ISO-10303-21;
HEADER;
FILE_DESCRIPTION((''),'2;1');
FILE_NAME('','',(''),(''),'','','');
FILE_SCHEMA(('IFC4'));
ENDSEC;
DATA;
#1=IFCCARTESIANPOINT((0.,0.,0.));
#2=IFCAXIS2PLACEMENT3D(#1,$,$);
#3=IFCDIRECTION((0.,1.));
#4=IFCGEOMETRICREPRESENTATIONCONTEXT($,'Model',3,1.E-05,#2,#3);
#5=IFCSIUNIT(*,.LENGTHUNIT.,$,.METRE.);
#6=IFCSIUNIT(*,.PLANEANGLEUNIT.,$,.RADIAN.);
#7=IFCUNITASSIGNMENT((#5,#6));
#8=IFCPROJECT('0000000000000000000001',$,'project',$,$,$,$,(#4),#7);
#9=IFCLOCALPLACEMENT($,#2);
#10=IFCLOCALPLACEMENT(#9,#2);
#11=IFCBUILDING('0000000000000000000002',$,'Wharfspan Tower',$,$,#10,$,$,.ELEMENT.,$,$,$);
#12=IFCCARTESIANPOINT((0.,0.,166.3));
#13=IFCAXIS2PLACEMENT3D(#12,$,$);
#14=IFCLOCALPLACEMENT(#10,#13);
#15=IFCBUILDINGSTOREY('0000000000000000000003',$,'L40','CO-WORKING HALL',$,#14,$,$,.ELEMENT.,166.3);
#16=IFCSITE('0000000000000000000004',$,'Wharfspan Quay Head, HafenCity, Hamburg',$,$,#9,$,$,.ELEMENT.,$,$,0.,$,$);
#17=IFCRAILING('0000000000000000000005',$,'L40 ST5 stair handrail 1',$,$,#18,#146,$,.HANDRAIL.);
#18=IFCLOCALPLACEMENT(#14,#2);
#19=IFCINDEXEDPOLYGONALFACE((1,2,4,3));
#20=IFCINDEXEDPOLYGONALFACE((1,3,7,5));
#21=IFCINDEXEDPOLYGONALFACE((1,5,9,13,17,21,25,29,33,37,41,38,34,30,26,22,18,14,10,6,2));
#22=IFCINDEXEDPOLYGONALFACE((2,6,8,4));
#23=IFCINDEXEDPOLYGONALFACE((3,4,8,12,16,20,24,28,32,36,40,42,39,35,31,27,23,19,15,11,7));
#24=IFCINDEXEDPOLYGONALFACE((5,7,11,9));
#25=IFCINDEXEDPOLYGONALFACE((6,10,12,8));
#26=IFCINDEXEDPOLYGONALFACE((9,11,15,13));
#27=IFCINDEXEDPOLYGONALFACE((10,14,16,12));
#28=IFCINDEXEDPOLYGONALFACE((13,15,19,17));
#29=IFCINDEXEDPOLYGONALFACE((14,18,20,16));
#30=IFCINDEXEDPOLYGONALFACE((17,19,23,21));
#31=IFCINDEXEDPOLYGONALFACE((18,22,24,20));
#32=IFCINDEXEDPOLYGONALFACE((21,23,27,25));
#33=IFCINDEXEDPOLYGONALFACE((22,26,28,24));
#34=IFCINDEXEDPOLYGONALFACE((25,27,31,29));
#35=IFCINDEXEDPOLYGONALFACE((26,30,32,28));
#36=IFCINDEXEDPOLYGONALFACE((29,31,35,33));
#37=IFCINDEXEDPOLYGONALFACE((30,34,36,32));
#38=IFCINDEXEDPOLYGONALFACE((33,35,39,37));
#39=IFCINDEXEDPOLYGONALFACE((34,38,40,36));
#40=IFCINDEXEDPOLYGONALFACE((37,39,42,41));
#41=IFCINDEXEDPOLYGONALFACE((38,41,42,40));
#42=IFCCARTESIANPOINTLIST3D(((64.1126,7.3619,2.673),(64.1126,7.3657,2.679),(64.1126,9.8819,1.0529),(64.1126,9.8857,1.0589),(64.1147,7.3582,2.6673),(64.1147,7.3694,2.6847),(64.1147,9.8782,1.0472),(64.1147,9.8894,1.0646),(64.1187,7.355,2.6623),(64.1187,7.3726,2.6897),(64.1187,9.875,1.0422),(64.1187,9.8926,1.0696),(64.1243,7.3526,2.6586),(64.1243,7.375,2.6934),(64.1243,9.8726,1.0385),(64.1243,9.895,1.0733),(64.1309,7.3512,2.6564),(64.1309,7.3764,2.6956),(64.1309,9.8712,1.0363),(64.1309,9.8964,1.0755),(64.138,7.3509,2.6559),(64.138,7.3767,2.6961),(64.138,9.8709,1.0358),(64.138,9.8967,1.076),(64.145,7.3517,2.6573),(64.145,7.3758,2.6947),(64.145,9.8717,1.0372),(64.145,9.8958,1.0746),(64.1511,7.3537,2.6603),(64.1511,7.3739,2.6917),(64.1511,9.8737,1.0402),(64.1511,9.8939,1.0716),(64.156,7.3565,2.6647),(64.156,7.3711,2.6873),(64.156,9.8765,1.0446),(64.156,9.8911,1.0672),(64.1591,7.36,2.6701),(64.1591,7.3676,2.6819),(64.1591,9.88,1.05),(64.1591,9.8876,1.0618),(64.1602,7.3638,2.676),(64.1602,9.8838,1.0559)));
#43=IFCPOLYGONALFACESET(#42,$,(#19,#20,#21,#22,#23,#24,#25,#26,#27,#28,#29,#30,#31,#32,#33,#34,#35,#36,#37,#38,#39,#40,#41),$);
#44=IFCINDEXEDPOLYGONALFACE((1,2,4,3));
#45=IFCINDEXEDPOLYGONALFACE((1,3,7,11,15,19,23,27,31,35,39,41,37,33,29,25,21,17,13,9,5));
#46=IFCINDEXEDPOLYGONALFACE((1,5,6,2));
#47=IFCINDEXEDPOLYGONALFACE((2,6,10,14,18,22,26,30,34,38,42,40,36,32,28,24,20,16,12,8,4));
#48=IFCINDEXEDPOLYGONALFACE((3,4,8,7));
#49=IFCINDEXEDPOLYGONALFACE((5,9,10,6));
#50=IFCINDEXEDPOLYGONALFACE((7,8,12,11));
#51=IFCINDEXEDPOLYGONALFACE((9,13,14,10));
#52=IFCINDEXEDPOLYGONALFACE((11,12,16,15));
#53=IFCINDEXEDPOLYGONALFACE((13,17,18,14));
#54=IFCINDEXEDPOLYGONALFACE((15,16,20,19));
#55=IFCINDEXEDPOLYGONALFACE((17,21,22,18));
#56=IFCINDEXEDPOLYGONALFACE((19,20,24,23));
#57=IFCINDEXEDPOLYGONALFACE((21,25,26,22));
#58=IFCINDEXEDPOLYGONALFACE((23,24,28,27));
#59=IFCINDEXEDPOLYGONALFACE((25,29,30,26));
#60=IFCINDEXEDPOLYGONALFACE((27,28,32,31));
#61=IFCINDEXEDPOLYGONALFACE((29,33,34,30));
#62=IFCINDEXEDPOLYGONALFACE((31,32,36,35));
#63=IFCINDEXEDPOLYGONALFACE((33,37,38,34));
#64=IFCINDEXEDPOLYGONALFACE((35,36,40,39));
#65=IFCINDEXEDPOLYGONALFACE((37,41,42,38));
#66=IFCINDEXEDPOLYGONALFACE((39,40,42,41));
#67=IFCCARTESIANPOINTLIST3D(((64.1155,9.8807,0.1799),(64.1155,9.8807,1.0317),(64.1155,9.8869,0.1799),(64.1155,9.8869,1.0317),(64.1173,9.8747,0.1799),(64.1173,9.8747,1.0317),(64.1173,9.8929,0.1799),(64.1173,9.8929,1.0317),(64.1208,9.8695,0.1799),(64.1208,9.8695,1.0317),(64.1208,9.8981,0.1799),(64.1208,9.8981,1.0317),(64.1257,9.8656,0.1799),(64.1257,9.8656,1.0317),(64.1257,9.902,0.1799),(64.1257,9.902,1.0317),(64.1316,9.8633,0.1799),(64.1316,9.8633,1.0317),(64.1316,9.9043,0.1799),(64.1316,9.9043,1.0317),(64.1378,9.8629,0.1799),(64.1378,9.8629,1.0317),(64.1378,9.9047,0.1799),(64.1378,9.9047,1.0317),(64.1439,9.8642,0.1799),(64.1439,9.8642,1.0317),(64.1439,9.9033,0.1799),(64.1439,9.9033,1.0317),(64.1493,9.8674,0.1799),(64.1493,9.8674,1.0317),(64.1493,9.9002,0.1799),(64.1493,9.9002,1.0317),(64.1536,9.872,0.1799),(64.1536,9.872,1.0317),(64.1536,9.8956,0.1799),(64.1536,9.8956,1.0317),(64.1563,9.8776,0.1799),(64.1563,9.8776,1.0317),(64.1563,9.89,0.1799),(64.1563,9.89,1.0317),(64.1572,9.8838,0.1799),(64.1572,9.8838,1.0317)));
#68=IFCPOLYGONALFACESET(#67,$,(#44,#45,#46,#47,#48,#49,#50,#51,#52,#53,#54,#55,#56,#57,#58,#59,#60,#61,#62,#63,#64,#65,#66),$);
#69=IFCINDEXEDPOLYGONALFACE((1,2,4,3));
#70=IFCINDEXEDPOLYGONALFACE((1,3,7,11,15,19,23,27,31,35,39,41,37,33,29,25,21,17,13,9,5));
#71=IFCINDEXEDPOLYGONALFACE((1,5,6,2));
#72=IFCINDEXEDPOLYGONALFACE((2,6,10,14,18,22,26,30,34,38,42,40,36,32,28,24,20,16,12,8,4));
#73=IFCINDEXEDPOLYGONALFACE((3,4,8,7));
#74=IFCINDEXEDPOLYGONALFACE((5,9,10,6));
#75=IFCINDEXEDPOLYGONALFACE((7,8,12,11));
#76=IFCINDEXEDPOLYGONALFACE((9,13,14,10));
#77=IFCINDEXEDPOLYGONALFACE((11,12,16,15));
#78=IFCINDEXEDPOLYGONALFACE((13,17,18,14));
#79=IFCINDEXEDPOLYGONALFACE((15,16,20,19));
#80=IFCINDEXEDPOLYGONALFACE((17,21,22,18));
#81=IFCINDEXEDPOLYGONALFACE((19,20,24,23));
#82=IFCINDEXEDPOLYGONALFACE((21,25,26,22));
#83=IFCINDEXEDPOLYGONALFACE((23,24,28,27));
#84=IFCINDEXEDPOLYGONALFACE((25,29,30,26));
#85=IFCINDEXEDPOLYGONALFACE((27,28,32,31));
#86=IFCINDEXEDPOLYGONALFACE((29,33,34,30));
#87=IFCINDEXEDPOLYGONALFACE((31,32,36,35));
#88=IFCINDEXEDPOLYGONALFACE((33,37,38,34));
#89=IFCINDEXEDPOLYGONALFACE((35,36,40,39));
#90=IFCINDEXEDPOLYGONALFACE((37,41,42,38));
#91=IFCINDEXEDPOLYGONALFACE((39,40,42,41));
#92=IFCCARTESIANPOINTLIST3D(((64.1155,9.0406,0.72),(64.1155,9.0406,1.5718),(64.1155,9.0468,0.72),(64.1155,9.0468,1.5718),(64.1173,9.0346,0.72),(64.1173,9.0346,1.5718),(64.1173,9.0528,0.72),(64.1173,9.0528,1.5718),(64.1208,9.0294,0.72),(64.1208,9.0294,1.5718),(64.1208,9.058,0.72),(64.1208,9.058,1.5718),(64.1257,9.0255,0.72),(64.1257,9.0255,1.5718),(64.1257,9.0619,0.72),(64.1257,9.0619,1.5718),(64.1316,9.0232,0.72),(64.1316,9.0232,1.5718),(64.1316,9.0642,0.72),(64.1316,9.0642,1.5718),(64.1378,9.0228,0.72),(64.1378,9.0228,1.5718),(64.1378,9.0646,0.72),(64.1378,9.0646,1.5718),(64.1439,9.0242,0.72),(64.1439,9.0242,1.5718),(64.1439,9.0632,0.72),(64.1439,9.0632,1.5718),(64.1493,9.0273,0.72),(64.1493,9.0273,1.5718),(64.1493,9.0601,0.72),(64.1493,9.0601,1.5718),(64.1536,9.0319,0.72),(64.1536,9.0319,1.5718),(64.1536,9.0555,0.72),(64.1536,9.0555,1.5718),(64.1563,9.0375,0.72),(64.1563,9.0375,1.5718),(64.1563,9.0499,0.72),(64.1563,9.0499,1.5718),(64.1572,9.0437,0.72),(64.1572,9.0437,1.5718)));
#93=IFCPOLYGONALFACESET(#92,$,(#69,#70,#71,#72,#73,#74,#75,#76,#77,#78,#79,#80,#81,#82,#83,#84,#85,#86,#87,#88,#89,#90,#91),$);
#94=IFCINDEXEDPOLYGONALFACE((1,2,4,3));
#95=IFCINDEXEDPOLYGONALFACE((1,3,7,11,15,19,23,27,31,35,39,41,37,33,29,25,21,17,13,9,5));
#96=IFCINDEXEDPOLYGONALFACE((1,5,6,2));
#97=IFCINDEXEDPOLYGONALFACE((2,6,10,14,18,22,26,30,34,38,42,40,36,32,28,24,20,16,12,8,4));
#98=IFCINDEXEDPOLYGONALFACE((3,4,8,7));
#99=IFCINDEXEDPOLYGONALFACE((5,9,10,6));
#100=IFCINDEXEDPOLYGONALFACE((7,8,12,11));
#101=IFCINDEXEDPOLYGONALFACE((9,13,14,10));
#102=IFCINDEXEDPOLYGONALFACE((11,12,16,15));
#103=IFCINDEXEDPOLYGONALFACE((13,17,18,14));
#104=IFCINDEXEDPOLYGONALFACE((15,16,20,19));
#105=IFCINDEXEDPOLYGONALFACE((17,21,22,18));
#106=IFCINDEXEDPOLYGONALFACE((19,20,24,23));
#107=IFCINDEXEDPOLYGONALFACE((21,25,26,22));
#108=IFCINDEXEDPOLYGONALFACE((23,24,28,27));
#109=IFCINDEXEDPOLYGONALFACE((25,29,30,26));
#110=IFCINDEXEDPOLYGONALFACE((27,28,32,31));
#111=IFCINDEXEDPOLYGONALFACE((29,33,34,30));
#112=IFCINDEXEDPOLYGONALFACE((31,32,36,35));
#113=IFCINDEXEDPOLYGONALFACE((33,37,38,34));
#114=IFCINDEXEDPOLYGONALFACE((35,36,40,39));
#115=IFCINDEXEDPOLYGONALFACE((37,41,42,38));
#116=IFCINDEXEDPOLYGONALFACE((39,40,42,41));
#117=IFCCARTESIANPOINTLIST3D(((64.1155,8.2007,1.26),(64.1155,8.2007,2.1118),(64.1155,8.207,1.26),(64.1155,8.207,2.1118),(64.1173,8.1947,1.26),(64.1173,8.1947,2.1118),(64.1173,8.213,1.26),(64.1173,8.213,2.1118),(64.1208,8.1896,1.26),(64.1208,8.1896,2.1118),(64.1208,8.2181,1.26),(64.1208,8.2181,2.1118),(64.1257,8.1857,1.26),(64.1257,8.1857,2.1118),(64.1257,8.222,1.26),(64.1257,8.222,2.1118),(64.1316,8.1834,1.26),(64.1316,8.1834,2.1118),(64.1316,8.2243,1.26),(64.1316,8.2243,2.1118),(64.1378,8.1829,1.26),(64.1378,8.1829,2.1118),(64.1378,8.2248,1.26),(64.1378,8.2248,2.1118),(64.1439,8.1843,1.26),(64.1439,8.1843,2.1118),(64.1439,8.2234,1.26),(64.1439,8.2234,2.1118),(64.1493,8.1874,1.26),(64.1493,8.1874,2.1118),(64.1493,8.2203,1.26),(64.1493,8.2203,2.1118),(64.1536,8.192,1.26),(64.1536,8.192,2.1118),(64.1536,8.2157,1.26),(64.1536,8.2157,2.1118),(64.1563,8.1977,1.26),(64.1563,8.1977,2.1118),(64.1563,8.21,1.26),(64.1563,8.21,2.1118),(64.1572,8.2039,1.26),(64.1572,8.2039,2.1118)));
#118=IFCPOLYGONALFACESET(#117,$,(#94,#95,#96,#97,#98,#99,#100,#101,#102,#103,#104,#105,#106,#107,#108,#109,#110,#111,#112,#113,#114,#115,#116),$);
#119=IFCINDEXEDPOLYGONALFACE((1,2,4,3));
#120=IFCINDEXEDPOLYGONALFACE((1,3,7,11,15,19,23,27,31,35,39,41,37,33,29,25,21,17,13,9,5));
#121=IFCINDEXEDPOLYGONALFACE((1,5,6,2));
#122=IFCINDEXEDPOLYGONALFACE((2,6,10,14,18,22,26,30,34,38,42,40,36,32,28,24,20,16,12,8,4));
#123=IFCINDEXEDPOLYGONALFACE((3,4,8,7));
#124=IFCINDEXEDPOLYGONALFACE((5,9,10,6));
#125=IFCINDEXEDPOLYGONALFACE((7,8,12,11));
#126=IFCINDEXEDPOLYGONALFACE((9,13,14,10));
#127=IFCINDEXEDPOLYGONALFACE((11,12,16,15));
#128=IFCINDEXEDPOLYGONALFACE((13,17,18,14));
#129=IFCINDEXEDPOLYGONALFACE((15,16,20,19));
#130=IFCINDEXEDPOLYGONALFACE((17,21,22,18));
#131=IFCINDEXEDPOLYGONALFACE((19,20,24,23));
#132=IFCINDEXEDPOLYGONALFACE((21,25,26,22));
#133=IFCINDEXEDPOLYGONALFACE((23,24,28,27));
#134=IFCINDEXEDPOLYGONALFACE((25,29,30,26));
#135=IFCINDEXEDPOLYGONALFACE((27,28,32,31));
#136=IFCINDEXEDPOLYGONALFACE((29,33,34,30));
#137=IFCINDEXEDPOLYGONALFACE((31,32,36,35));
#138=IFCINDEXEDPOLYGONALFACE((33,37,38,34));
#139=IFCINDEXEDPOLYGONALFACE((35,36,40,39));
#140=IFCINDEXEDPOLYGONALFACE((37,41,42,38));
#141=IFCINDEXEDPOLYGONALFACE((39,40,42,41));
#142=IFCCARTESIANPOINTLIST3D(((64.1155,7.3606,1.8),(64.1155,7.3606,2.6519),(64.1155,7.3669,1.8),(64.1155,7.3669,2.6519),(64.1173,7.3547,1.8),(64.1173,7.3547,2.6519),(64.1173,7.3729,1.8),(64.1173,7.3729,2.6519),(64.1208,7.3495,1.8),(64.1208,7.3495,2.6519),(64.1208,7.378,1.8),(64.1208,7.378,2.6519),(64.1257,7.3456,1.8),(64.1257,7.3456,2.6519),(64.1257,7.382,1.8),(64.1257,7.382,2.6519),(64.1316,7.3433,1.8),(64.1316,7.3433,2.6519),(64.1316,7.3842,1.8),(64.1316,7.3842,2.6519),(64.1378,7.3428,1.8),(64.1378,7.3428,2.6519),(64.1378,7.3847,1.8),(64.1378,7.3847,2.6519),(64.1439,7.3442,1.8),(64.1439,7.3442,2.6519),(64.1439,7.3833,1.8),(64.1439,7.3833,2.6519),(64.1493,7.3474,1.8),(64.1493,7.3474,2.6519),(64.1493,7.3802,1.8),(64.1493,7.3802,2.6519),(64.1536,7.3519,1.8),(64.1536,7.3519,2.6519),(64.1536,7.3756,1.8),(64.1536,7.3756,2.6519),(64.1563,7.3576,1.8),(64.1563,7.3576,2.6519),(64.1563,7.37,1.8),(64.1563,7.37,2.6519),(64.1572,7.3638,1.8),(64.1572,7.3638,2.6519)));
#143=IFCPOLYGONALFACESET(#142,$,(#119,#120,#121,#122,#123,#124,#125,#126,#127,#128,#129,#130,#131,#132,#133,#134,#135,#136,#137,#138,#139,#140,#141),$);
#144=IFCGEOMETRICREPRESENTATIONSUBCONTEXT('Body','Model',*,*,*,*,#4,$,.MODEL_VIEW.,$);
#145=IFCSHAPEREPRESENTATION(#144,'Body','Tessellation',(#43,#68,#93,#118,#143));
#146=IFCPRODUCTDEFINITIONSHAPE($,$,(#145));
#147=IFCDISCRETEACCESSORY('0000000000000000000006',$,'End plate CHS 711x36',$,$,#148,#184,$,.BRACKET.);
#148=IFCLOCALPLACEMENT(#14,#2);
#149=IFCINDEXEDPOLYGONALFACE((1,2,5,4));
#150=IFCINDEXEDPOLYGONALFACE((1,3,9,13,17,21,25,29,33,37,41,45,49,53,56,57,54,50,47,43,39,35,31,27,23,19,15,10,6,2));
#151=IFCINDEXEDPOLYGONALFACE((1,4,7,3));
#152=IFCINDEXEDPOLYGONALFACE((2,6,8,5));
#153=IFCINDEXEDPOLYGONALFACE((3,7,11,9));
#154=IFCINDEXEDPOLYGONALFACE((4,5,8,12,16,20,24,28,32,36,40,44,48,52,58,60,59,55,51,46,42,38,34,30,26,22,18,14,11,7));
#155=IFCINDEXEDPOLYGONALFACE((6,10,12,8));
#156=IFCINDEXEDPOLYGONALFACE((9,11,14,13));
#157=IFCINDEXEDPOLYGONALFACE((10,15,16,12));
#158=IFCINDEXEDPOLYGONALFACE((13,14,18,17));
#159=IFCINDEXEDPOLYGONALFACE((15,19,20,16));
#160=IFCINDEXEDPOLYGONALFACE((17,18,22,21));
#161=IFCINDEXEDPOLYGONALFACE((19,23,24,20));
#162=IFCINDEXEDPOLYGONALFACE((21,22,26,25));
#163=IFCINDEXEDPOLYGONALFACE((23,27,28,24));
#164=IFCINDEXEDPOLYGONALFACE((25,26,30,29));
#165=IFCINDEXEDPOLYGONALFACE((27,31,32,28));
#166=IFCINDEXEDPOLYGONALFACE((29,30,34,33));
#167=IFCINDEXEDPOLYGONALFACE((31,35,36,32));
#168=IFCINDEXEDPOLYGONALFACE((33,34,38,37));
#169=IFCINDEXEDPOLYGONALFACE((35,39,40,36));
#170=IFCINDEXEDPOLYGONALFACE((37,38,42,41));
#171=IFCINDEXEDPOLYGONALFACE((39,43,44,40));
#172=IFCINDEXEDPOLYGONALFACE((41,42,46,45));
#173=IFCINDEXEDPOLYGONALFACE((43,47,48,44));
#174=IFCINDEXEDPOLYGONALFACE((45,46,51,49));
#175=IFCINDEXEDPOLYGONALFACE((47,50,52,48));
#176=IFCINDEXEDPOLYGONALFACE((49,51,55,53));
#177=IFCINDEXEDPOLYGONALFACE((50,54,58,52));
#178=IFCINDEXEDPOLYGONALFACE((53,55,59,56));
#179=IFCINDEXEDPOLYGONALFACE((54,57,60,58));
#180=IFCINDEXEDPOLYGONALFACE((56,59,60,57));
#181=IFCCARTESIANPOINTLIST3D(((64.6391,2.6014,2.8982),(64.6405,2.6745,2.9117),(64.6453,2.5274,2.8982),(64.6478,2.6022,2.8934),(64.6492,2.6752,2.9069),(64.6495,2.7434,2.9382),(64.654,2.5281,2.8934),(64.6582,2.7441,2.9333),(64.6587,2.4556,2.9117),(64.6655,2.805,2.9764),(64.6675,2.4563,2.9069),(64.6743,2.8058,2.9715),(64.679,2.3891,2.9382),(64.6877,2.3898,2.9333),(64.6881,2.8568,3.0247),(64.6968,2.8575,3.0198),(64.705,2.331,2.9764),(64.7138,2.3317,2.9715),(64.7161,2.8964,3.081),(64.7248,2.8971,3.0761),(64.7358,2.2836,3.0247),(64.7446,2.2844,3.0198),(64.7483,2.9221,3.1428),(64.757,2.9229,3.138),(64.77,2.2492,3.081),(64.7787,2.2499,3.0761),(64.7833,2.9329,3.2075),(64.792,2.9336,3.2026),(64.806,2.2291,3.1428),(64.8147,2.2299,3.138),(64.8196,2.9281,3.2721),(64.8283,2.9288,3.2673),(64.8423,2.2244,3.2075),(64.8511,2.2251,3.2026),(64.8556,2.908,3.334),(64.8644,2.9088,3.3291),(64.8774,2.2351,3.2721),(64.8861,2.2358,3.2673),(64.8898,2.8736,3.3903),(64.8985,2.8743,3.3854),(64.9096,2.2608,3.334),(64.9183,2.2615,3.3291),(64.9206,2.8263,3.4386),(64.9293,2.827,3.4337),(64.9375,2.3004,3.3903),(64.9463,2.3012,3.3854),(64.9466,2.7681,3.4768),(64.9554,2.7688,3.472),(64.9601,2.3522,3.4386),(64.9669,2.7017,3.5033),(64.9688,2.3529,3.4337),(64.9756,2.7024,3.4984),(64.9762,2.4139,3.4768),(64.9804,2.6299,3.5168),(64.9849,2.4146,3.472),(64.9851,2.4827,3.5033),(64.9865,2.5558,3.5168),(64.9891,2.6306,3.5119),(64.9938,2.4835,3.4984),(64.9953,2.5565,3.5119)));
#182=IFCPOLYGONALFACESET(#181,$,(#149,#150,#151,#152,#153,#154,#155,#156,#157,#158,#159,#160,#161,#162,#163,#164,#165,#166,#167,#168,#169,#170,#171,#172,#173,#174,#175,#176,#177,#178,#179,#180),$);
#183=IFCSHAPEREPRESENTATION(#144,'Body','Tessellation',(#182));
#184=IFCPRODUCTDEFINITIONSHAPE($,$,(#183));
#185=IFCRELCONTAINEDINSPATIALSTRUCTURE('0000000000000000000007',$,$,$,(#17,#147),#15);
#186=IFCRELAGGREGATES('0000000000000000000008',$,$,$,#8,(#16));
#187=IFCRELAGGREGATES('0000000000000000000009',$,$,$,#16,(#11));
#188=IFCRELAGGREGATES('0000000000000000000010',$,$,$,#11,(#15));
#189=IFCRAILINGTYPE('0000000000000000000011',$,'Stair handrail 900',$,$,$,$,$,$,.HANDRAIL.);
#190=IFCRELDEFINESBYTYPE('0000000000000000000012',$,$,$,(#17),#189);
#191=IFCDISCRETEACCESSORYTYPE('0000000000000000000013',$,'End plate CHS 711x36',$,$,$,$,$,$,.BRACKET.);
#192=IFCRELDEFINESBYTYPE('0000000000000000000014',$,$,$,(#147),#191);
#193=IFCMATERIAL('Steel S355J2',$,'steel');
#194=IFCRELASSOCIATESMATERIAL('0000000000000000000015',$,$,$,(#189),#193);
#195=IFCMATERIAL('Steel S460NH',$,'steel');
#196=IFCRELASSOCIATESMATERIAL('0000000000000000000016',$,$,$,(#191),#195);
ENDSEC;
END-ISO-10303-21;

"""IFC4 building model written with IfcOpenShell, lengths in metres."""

from ifc_helpers import new_model, si_unit, direction, frame, origin, origin_2d, place, context, subcontext, project, spatial, circle, extrude, material, material_profile, profile_set, type_object, element, save


model = new_model("IFC4")

# Units and contexts
model_context = context("Model", 3, precision=1e-05, world=origin(), true_north=direction((0.0, 1.0)))
body_context = subcontext(model_context, "Body", "Model", "MODEL_VIEW")
ifc_project = project(units=[si_unit("LENGTHUNIT", "METRE"), si_unit("PLANEANGLEUNIT", "RADIAN")], contexts=[model_context])

# Site, building, storey
site_placement = place(None, origin())
site = spatial("IfcSite", under=ifc_project, at=site_placement, Name="Wharfspan Quay Head, HafenCity, Hamburg", CompositionType="ELEMENT", RefElevation=0.0)
building_placement = place(site_placement, origin())
building = spatial("IfcBuilding", under=site, at=building_placement, Name="Wharfspan Tower", CompositionType="ELEMENT")
storey_placement = place(building_placement, frame((0.0, 0.0, 166.3)))
storey = spatial("IfcBuildingStorey", under=building, at=storey_placement, Name="L40", Description="CO-WORKING HALL", CompositionType="ELEMENT", Elevation=166.3)

# Shared definitions
ifc_material_1 = material(Name="Steel S355J2", Category="steel")

# Shared definitions
ifc_material_2 = material(Name="Steel S460NH", Category="steel")

# Railing
railing_type = type_object("IfcRailingType", Name="Stair handrail 900", PredefinedType="HANDRAIL", material=ifc_material_1)
railing_placement = place(storey_placement, frame((64.1362, 9.8838, 0.1799)))
element("IfcRailing", 1, at=railing_placement, inside=storey, type_object=railing_type, Name="L40 ST5 stair handrail 1", PredefinedType="HANDRAIL", context=body_context, shape_type="SweptSolid", body=[
    extrude(circle(Radius=0.0239, at=origin_2d()), frame((0.0, 0.0, 0.876), z_axis=(0.0, -0.841163, 0.540782), x_axis=(1.0, 0.0, 0.0)), (0.0, 0.0, 1.0), 2.9958),
    extrude(circle(Radius=0.021, at=origin_2d()), origin(), (0.0, 0.0, 1.0), 0.8518),
    extrude(circle(Radius=0.021, at=origin_2d()), frame((0.0, -0.8401, 0.54)), (0.0, 0.0, 1.0), 0.8518),
    extrude(circle(Radius=0.021, at=origin_2d()), frame((0.0, -1.6799, 1.0801)), (0.0, 0.0, 1.0), 0.8518),
    extrude(circle(Radius=0.021, at=origin_2d()), frame((0.0, -2.52, 1.6201)), (0.0, 0.0, 1.0), 0.8518),
])

# Discrete accessory
ifc_material_profile_1 = material_profile(ifc_material_2, circle(Radius=0.3555, at=origin_2d()))
ifc_profile_set_1 = profile_set([ifc_material_profile_1], Name="Steel S460NH")
discrete_accessory_type = type_object("IfcDiscreteAccessoryType", Name="End plate CHS 711x36", PredefinedType="BRACKET", material=ifc_profile_set_1)
for number, where, z_axis, x_axis, name in (
    (2, (64.8215, 2.5793, 3.2026), (-0.871847, -0.072654, 0.484359), (0.083044, -0.996547, -0.000003), "End plate CHS 711x36"),
):
    element("IfcDiscreteAccessory", number, at=place(storey_placement, frame(where, z_axis=z_axis, x_axis=x_axis)), inside=storey, type_object=discrete_accessory_type, Name=name, PredefinedType="BRACKET", context=body_context, shape_type="SweptSolid", body=[
        extrude(circle(Radius=0.3555, at=origin_2d()), origin(), (0.0, 0.0, 1.0), 0.01),
    ])

save(model, "model.ifc")
